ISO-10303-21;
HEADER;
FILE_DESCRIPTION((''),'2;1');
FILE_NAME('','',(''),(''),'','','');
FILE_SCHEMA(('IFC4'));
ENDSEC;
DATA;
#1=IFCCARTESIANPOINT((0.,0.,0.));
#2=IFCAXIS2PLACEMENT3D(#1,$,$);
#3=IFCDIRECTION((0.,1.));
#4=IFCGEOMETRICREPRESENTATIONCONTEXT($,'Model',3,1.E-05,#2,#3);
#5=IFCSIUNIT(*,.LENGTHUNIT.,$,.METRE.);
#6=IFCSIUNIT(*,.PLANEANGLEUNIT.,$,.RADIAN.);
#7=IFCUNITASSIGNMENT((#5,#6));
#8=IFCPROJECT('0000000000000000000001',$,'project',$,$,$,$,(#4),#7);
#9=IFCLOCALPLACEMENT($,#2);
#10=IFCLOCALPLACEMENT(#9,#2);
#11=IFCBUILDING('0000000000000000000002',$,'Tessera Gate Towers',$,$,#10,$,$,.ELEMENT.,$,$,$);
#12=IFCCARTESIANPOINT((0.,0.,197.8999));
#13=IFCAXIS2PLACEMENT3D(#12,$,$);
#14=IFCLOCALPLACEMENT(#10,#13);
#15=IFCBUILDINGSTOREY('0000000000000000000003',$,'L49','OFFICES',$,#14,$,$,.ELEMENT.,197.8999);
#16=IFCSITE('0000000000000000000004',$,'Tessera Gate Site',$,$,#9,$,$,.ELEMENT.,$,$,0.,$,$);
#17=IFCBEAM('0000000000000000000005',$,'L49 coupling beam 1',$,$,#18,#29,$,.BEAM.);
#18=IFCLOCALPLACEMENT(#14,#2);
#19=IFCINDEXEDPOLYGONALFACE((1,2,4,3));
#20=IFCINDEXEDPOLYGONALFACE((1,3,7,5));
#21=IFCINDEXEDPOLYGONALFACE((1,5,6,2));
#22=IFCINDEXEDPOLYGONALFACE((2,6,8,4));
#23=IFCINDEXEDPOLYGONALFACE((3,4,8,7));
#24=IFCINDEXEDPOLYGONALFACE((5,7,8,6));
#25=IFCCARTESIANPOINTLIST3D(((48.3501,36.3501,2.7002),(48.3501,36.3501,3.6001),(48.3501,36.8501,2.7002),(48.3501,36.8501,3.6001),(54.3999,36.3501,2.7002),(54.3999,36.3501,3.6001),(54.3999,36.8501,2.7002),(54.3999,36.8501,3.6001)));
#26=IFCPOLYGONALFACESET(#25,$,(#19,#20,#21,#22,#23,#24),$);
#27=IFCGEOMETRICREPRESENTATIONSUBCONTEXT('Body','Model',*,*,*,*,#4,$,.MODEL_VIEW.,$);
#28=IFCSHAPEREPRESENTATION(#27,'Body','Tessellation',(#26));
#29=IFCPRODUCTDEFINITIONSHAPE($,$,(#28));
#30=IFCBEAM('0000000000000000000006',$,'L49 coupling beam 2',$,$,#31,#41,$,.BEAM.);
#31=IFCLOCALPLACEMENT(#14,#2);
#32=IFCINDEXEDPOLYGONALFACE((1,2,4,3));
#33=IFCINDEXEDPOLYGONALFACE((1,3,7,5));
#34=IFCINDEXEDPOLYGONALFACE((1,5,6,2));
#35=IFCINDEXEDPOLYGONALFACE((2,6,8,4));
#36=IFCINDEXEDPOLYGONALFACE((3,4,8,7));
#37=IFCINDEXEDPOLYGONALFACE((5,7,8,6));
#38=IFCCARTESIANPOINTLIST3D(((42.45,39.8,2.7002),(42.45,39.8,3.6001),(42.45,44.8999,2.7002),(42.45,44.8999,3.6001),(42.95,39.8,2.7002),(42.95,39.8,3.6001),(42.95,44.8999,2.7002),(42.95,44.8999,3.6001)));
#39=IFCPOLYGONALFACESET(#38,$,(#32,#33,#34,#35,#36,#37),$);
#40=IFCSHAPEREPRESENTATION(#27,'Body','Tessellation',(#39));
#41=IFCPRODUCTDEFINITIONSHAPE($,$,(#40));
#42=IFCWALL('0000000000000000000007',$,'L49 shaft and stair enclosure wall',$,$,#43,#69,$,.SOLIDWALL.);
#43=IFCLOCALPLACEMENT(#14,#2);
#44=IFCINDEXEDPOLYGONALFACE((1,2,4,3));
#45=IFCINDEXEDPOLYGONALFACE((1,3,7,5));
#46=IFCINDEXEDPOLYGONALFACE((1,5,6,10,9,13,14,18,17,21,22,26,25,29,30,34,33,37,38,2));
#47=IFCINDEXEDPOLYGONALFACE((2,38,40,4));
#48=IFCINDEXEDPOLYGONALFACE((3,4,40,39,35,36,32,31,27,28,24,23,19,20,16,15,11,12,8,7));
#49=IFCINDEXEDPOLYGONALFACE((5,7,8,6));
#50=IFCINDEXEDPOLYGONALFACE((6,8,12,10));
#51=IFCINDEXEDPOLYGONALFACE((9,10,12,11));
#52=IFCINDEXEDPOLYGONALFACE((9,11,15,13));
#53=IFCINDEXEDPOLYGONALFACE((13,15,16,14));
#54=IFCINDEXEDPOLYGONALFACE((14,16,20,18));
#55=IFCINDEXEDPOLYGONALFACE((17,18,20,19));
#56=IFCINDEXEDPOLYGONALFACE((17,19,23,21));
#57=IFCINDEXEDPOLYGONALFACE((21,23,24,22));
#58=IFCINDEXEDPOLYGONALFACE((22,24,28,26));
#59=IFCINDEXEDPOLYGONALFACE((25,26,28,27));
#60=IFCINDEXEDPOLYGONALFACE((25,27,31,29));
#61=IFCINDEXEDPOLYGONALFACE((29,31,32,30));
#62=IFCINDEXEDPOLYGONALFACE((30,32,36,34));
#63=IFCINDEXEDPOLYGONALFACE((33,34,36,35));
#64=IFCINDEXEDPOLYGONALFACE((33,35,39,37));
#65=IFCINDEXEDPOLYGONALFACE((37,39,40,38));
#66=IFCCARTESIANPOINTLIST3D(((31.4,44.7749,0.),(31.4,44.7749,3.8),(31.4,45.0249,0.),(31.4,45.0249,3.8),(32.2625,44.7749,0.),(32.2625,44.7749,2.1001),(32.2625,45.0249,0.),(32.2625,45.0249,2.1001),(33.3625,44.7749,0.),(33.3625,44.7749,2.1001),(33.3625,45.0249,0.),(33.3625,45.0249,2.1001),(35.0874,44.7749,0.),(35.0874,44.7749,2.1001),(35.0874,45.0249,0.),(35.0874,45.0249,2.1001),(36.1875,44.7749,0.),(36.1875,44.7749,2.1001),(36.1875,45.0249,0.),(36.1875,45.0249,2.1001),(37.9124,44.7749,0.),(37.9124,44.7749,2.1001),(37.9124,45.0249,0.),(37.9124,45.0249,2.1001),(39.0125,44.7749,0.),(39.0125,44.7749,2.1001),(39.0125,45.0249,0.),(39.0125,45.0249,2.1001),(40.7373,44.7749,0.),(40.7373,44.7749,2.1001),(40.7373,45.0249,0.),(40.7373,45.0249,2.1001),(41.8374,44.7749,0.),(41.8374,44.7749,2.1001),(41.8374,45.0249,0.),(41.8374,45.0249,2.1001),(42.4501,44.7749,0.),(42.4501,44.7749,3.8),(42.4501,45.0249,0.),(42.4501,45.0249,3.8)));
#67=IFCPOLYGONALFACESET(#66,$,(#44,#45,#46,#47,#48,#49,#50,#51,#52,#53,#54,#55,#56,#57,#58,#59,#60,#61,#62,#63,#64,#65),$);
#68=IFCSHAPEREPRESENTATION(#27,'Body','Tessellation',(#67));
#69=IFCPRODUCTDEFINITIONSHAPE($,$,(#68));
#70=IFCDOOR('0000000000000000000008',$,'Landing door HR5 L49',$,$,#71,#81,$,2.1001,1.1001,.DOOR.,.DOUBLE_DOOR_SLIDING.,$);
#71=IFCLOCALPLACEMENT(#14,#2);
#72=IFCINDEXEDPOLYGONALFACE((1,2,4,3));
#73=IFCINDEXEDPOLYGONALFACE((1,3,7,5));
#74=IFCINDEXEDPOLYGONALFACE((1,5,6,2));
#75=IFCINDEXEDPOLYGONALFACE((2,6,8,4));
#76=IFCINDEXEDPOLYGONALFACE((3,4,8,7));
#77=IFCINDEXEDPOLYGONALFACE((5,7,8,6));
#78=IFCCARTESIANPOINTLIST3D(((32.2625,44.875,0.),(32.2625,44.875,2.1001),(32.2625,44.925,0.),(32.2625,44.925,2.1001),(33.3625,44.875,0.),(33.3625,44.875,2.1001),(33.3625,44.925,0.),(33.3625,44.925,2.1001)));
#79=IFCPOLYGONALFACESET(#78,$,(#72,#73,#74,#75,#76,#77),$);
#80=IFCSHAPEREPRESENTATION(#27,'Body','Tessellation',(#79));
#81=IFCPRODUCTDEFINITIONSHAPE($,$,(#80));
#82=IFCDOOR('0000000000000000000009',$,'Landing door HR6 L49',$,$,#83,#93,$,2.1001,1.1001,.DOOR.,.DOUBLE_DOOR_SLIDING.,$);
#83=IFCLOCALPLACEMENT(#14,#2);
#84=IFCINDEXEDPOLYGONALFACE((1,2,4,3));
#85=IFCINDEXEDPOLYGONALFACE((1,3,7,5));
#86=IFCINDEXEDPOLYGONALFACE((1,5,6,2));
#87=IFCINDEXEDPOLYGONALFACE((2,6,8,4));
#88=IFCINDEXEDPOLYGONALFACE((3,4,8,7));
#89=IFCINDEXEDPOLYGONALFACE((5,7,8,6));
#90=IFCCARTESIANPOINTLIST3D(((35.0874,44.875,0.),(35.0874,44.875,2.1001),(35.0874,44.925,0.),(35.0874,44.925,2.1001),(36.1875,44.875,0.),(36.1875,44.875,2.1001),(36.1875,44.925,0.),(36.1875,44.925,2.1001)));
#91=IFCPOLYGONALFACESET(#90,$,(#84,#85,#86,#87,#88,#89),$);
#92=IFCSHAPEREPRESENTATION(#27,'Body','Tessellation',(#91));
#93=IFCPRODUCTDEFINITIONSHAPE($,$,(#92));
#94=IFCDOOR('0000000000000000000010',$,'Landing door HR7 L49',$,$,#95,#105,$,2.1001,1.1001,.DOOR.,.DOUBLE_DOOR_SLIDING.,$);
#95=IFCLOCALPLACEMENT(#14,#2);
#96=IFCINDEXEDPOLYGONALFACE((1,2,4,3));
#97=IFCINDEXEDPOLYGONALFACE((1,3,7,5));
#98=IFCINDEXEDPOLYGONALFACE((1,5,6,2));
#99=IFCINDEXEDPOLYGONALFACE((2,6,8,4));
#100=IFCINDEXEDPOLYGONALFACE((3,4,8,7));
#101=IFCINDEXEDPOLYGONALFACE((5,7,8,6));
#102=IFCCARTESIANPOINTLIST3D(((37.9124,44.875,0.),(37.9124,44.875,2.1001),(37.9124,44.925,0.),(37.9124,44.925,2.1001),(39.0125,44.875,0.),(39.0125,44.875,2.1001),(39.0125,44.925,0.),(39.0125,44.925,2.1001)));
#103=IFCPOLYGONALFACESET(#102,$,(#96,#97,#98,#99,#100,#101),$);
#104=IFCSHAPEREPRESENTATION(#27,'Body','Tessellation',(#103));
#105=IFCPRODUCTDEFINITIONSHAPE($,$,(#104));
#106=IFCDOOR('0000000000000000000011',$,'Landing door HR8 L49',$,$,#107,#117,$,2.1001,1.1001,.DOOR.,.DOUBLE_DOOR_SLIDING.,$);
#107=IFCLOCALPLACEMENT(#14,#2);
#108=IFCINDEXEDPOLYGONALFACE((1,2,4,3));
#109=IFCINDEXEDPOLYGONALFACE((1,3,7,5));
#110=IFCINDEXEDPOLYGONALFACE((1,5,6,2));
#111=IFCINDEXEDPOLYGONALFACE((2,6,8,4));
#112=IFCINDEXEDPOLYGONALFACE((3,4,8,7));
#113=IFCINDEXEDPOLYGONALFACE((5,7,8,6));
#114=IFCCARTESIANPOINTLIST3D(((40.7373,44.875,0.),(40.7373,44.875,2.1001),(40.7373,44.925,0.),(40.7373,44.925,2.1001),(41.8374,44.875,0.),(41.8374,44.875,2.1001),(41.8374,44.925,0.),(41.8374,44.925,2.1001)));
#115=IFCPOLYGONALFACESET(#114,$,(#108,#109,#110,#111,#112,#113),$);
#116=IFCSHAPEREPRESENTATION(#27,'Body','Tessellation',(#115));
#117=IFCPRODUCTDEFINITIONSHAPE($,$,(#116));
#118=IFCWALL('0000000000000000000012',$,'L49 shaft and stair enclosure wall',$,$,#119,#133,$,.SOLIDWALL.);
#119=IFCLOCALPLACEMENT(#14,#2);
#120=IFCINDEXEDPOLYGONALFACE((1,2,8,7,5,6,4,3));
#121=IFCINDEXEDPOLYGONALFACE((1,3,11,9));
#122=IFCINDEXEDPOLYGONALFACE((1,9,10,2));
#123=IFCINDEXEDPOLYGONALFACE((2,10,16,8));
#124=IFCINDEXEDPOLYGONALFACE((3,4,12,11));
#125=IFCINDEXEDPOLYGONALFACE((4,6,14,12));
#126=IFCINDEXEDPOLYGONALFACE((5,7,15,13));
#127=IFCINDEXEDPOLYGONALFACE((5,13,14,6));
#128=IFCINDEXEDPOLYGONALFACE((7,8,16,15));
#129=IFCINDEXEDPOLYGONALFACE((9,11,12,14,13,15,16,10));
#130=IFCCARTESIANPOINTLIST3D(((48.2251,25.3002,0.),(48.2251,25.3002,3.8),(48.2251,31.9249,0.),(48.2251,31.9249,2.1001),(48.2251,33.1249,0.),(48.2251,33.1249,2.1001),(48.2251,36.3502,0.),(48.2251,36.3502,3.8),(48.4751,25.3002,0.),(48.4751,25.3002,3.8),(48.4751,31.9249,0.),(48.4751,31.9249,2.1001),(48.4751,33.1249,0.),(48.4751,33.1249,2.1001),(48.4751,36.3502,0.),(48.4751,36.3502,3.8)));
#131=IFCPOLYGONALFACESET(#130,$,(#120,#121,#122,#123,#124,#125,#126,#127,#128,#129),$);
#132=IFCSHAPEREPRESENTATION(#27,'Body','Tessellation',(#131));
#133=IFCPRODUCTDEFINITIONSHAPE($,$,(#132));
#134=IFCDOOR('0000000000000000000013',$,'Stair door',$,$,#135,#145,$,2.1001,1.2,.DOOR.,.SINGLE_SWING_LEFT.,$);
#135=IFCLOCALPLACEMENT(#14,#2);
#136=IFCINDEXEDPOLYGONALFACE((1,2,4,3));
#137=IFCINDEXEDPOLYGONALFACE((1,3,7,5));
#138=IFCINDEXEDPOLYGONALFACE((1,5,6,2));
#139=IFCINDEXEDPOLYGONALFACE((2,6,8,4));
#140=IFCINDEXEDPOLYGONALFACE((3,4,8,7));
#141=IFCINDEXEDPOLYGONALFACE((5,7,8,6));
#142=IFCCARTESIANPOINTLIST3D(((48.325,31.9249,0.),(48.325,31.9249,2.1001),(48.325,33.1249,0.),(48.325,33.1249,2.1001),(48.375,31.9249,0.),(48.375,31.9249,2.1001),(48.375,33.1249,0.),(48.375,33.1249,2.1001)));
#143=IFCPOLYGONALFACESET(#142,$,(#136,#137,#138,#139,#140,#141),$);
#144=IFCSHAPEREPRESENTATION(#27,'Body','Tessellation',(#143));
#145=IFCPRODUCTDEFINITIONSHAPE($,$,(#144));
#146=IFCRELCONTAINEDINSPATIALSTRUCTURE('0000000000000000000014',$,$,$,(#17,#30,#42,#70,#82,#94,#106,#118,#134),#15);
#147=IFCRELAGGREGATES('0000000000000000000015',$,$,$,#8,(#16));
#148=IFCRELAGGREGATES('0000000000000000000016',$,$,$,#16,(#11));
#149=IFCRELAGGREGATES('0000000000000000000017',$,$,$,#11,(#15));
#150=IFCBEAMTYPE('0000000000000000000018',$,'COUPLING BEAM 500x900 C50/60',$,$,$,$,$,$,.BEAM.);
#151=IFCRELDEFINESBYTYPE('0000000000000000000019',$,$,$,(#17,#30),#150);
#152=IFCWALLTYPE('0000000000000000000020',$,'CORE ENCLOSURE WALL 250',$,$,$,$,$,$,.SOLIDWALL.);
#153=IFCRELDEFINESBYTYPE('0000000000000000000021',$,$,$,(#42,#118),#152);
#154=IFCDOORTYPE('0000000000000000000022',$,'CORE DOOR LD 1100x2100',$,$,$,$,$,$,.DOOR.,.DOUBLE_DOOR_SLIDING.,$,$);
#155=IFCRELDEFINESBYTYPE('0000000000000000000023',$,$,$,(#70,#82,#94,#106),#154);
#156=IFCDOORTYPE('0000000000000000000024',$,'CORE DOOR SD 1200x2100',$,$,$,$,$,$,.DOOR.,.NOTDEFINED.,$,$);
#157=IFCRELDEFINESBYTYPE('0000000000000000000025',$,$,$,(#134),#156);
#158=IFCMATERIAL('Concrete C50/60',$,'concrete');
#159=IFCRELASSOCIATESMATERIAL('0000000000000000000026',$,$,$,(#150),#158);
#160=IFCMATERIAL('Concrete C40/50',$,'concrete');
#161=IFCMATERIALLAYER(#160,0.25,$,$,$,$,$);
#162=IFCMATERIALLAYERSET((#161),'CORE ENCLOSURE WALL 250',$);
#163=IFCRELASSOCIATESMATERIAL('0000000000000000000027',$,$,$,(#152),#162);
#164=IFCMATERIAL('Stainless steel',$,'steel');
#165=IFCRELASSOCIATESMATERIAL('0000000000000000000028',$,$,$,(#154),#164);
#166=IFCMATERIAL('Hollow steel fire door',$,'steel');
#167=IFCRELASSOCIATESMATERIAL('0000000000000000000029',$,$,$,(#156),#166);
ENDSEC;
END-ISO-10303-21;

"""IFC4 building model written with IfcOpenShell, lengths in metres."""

from ifc_helpers import new_model, si_unit, direction, frame, frame_2d, origin, origin_2d, place, context, subcontext, project, spatial, rectangle, extrude, source, transform, mapped, material, layer, layer_set, material_profile, profile_set, type_object, element, fill, save


model = new_model("IFC4")

# Units and contexts
model_context = context("Model", 3, precision=1e-05, world=origin(), true_north=direction((0.0, 1.0)))
body_context = subcontext(model_context, "Body", "Model", "MODEL_VIEW")
ifc_project = project(units=[si_unit("LENGTHUNIT", "METRE"), si_unit("PLANEANGLEUNIT", "RADIAN")], contexts=[model_context])

# Site, building, storey
site_placement = place(None, origin())
site = spatial("IfcSite", under=ifc_project, at=site_placement, Name="Tessera Gate Site", CompositionType="ELEMENT", RefElevation=0.0)
building_placement = place(site_placement, origin())
building = spatial("IfcBuilding", under=site, at=building_placement, Name="Tessera Gate Towers", CompositionType="ELEMENT")
storey_placement = place(building_placement, frame((0.0, 0.0, 197.8999)))
storey = spatial("IfcBuildingStorey", under=building, at=storey_placement, Name="L49", Description="OFFICES", CompositionType="ELEMENT", Elevation=197.8999)

# Beams
ifc_material_1 = material(Name="Concrete C50/60", Category="concrete")
ifc_material_profile = material_profile(ifc_material_1, rectangle(XDim=0.5, YDim=0.8999, at=origin_2d()), Name="RC 500x900")
ifc_profile_set = profile_set([ifc_material_profile], Name="Concrete C50/60")
beam_type = type_object("IfcBeamType", Name="COUPLING BEAM 500x900 C50/60", PredefinedType="BEAM", material=ifc_profile_set)
beam_1_placement = place(storey_placement, frame((48.3501, 36.6001, 3.1501), z_axis=(1.0, 0.0, 0.0), x_axis=(0.0, 1.0, 0.0)))
element("IfcBeam", 1, at=beam_1_placement, inside=storey, type_object=beam_type, Name="L49 coupling beam 1", PredefinedType="BEAM", context=body_context, shape_type="SweptSolid", body=[
    extrude(rectangle(XDim=0.5, YDim=0.8999, at=origin_2d()), origin(), (0.0, 0.0, 1.0), 6.0498),
])
beam_2_placement = place(storey_placement, frame((42.7, 39.8, 3.1501), z_axis=(0.0, 1.0, 0.0), x_axis=(-1.0, 0.0, 0.0)))
element("IfcBeam", 2, at=beam_2_placement, inside=storey, type_object=beam_type, Name="L49 coupling beam 2", PredefinedType="BEAM", context=body_context, shape_type="SweptSolid", body=[
    extrude(rectangle(XDim=0.5, YDim=0.8999, at=origin_2d()), origin(), (0.0, 0.0, 1.0), 5.0999),
])

# Wall, openings, doors
ifc_material_2 = material(Name="Concrete C40/50", Category="concrete")
ifc_layer_1 = layer(ifc_material_2, 0.25)
ifc_layer_set_1 = layer_set([ifc_layer_1], Name="CORE ENCLOSURE WALL 250")
wall_type_1 = type_object("IfcWallType", Name="CORE ENCLOSURE WALL 250", PredefinedType="SOLIDWALL", material=ifc_layer_set_1)
wall_1_placement = place(storey_placement, frame((42.45, 44.8999, 0.0), z_axis=(0.0, 0.0, 1.0), x_axis=(-1.0, 0.0, 0.0)))
wall_1 = element("IfcWall", 3, at=wall_1_placement, inside=storey, type_object=wall_type_1, Name="L49 shaft and stair enclosure wall", PredefinedType="SOLIDWALL", context=body_context, shape_type="SweptSolid", body=[
    extrude(rectangle(XDim=11.05, YDim=0.25, at=frame_2d((5.5249, 0.0))), origin(), (0.0, 0.0, 1.0), 3.8),
])
shared_shape_1 = source(origin(), body_context, "Body", "SweptSolid", [
    extrude(rectangle(XDim=1.1001, YDim=2.1001, at=frame_2d((0.55, 1.05))), frame((0.0, 0.135, 0.0), z_axis=(0.0, -1.0, 0.0), x_axis=(1.0, 0.0, 0.0)), (0.0, 0.0, 1.0), 0.27),
])
opening_1_placement = place(wall_1_placement, frame((9.0874, 0.0, 0.0)))
opening_1 = element("IfcOpeningElement", 4, at=opening_1_placement, cuts=wall_1, PredefinedType="OPENING", context=body_context, shape_type="MappedRepresentation", body=[
    mapped(shared_shape_1, transform((0.0, 0.0, 0.0), scale=1.0)),
])
opening_2_placement = place(wall_1_placement, frame((6.2625, 0.0, 0.0)))
opening_2 = element("IfcOpeningElement", 5, at=opening_2_placement, cuts=wall_1, PredefinedType="OPENING", context=body_context, shape_type="MappedRepresentation", body=[
    mapped(shared_shape_1, transform((0.0, 0.0, 0.0), scale=1.0)),
])
opening_3_placement = place(wall_1_placement, frame((3.4375, 0.0, 0.0)))
opening_3 = element("IfcOpeningElement", 6, at=opening_3_placement, cuts=wall_1, PredefinedType="OPENING", context=body_context, shape_type="MappedRepresentation", body=[
    mapped(shared_shape_1, transform((0.0, 0.0, 0.0), scale=1.0)),
])
opening_4_placement = place(wall_1_placement, frame((0.6125, 0.0, 0.0)))
opening_4 = element("IfcOpeningElement", 7, at=opening_4_placement, cuts=wall_1, PredefinedType="OPENING", context=body_context, shape_type="MappedRepresentation", body=[
    mapped(shared_shape_1, transform((0.0, 0.0, 0.0), scale=1.0)),
])
ifc_material_3 = material(Name="Stainless steel", Category="steel")
door_type_1 = type_object("IfcDoorType", Name="CORE DOOR LD 1100x2100", OperationType="DOUBLE_DOOR_SLIDING", PredefinedType="DOOR", material=ifc_material_3)
shared_shape_2 = source(origin(), body_context, "Body", "SweptSolid", [
    extrude(rectangle(XDim=1.1001, YDim=2.1001, at=frame_2d((0.55, 1.05))), frame((0.0, 0.0249, 0.0), z_axis=(0.0, -1.0, 0.0), x_axis=(1.0, 0.0, 0.0)), (0.0, 0.0, 1.0), 0.05),
])
door_1_placement = place(opening_1_placement, origin())
door_1 = element("IfcDoor", 8, at=door_1_placement, inside=storey, type_object=door_type_1, Name="Landing door HR5 L49", OperationType="DOUBLE_DOOR_SLIDING", OverallHeight=2.1001, OverallWidth=1.1001, PredefinedType="DOOR", context=body_context, shape_type="MappedRepresentation", body=[
    mapped(shared_shape_2, transform((0.0, 0.0, 0.0), scale=1.0)),
])
fill(opening_1, door_1)
door_2_placement = place(opening_2_placement, origin())
door_2 = element("IfcDoor", 9, at=door_2_placement, inside=storey, type_object=door_type_1, Name="Landing door HR6 L49", OperationType="DOUBLE_DOOR_SLIDING", OverallHeight=2.1001, OverallWidth=1.1001, PredefinedType="DOOR", context=body_context, shape_type="MappedRepresentation", body=[
    mapped(shared_shape_2, transform((0.0, 0.0, 0.0), scale=1.0)),
])
fill(opening_2, door_2)
door_3_placement = place(opening_3_placement, origin())
door_3 = element("IfcDoor", 10, at=door_3_placement, inside=storey, type_object=door_type_1, Name="Landing door HR7 L49", OperationType="DOUBLE_DOOR_SLIDING", OverallHeight=2.1001, OverallWidth=1.1001, PredefinedType="DOOR", context=body_context, shape_type="MappedRepresentation", body=[
    mapped(shared_shape_2, transform((0.0, 0.0, 0.0), scale=1.0)),
])
fill(opening_3, door_3)
door_4_placement = place(opening_4_placement, origin())
door_4 = element("IfcDoor", 11, at=door_4_placement, inside=storey, type_object=door_type_1, Name="Landing door HR8 L49", OperationType="DOUBLE_DOOR_SLIDING", OverallHeight=2.1001, OverallWidth=1.1001, PredefinedType="DOOR", context=body_context, shape_type="MappedRepresentation", body=[
    mapped(shared_shape_2, transform((0.0, 0.0, 0.0), scale=1.0)),
])
fill(opening_4, door_4)

# Wall, opening, door
wall_2_placement = place(storey_placement, frame((48.3501, 36.3501, 0.0), z_axis=(0.0, 0.0, 1.0), x_axis=(0.0, -1.0, 0.0)))
wall_2 = element("IfcWall", 12, at=wall_2_placement, inside=storey, type_object=wall_type_1, Name="L49 shaft and stair enclosure wall", PredefinedType="SOLIDWALL", context=body_context, shape_type="SweptSolid", body=[
    extrude(rectangle(XDim=11.05, YDim=0.25, at=frame_2d((5.5249, 0.0))), origin(), (0.0, 0.0, 1.0), 3.8),
])
shared_shape_3 = source(origin(), body_context, "Body", "SweptSolid", [
    extrude(rectangle(XDim=1.2, YDim=2.1001, at=frame_2d((0.6001, 1.05))), frame((0.0, 0.135, 0.0), z_axis=(0.0, -1.0, 0.0), x_axis=(1.0, 0.0, 0.0)), (0.0, 0.0, 1.0), 0.27),
])
opening_5_placement = place(wall_2_placement, frame((3.2251, 0.0, 0.0)))
opening_5 = element("IfcOpeningElement", 13, at=opening_5_placement, cuts=wall_2, PredefinedType="OPENING", context=body_context, shape_type="MappedRepresentation", body=[
    mapped(shared_shape_3, transform((0.0, 0.0, 0.0), scale=1.0)),
])
ifc_material_4 = material(Name="Hollow steel fire door", Category="steel")
door_type_2 = type_object("IfcDoorType", Name="CORE DOOR SD 1200x2100", OperationType="NOTDEFINED", PredefinedType="DOOR", material=ifc_material_4)
shared_shape_4 = source(origin(), body_context, "Body", "SweptSolid", [
    extrude(rectangle(XDim=1.2, YDim=2.1001, at=frame_2d((0.6001, 1.05))), frame((0.0, 0.0249, 0.0), z_axis=(0.0, -1.0, 0.0), x_axis=(1.0, 0.0, 0.0)), (0.0, 0.0, 1.0), 0.05),
])
door_5_placement = place(opening_5_placement, origin())
door_5 = element("IfcDoor", 14, at=door_5_placement, inside=storey, type_object=door_type_2, Name="Stair door", OperationType="SINGLE_SWING_LEFT", OverallHeight=2.1001, OverallWidth=1.2, PredefinedType="DOOR", context=body_context, shape_type="MappedRepresentation", body=[
    mapped(shared_shape_4, transform((0.0, 0.0, 0.0), scale=1.0)),
])
fill(opening_5, door_5)

save(model, "model.ifc")
